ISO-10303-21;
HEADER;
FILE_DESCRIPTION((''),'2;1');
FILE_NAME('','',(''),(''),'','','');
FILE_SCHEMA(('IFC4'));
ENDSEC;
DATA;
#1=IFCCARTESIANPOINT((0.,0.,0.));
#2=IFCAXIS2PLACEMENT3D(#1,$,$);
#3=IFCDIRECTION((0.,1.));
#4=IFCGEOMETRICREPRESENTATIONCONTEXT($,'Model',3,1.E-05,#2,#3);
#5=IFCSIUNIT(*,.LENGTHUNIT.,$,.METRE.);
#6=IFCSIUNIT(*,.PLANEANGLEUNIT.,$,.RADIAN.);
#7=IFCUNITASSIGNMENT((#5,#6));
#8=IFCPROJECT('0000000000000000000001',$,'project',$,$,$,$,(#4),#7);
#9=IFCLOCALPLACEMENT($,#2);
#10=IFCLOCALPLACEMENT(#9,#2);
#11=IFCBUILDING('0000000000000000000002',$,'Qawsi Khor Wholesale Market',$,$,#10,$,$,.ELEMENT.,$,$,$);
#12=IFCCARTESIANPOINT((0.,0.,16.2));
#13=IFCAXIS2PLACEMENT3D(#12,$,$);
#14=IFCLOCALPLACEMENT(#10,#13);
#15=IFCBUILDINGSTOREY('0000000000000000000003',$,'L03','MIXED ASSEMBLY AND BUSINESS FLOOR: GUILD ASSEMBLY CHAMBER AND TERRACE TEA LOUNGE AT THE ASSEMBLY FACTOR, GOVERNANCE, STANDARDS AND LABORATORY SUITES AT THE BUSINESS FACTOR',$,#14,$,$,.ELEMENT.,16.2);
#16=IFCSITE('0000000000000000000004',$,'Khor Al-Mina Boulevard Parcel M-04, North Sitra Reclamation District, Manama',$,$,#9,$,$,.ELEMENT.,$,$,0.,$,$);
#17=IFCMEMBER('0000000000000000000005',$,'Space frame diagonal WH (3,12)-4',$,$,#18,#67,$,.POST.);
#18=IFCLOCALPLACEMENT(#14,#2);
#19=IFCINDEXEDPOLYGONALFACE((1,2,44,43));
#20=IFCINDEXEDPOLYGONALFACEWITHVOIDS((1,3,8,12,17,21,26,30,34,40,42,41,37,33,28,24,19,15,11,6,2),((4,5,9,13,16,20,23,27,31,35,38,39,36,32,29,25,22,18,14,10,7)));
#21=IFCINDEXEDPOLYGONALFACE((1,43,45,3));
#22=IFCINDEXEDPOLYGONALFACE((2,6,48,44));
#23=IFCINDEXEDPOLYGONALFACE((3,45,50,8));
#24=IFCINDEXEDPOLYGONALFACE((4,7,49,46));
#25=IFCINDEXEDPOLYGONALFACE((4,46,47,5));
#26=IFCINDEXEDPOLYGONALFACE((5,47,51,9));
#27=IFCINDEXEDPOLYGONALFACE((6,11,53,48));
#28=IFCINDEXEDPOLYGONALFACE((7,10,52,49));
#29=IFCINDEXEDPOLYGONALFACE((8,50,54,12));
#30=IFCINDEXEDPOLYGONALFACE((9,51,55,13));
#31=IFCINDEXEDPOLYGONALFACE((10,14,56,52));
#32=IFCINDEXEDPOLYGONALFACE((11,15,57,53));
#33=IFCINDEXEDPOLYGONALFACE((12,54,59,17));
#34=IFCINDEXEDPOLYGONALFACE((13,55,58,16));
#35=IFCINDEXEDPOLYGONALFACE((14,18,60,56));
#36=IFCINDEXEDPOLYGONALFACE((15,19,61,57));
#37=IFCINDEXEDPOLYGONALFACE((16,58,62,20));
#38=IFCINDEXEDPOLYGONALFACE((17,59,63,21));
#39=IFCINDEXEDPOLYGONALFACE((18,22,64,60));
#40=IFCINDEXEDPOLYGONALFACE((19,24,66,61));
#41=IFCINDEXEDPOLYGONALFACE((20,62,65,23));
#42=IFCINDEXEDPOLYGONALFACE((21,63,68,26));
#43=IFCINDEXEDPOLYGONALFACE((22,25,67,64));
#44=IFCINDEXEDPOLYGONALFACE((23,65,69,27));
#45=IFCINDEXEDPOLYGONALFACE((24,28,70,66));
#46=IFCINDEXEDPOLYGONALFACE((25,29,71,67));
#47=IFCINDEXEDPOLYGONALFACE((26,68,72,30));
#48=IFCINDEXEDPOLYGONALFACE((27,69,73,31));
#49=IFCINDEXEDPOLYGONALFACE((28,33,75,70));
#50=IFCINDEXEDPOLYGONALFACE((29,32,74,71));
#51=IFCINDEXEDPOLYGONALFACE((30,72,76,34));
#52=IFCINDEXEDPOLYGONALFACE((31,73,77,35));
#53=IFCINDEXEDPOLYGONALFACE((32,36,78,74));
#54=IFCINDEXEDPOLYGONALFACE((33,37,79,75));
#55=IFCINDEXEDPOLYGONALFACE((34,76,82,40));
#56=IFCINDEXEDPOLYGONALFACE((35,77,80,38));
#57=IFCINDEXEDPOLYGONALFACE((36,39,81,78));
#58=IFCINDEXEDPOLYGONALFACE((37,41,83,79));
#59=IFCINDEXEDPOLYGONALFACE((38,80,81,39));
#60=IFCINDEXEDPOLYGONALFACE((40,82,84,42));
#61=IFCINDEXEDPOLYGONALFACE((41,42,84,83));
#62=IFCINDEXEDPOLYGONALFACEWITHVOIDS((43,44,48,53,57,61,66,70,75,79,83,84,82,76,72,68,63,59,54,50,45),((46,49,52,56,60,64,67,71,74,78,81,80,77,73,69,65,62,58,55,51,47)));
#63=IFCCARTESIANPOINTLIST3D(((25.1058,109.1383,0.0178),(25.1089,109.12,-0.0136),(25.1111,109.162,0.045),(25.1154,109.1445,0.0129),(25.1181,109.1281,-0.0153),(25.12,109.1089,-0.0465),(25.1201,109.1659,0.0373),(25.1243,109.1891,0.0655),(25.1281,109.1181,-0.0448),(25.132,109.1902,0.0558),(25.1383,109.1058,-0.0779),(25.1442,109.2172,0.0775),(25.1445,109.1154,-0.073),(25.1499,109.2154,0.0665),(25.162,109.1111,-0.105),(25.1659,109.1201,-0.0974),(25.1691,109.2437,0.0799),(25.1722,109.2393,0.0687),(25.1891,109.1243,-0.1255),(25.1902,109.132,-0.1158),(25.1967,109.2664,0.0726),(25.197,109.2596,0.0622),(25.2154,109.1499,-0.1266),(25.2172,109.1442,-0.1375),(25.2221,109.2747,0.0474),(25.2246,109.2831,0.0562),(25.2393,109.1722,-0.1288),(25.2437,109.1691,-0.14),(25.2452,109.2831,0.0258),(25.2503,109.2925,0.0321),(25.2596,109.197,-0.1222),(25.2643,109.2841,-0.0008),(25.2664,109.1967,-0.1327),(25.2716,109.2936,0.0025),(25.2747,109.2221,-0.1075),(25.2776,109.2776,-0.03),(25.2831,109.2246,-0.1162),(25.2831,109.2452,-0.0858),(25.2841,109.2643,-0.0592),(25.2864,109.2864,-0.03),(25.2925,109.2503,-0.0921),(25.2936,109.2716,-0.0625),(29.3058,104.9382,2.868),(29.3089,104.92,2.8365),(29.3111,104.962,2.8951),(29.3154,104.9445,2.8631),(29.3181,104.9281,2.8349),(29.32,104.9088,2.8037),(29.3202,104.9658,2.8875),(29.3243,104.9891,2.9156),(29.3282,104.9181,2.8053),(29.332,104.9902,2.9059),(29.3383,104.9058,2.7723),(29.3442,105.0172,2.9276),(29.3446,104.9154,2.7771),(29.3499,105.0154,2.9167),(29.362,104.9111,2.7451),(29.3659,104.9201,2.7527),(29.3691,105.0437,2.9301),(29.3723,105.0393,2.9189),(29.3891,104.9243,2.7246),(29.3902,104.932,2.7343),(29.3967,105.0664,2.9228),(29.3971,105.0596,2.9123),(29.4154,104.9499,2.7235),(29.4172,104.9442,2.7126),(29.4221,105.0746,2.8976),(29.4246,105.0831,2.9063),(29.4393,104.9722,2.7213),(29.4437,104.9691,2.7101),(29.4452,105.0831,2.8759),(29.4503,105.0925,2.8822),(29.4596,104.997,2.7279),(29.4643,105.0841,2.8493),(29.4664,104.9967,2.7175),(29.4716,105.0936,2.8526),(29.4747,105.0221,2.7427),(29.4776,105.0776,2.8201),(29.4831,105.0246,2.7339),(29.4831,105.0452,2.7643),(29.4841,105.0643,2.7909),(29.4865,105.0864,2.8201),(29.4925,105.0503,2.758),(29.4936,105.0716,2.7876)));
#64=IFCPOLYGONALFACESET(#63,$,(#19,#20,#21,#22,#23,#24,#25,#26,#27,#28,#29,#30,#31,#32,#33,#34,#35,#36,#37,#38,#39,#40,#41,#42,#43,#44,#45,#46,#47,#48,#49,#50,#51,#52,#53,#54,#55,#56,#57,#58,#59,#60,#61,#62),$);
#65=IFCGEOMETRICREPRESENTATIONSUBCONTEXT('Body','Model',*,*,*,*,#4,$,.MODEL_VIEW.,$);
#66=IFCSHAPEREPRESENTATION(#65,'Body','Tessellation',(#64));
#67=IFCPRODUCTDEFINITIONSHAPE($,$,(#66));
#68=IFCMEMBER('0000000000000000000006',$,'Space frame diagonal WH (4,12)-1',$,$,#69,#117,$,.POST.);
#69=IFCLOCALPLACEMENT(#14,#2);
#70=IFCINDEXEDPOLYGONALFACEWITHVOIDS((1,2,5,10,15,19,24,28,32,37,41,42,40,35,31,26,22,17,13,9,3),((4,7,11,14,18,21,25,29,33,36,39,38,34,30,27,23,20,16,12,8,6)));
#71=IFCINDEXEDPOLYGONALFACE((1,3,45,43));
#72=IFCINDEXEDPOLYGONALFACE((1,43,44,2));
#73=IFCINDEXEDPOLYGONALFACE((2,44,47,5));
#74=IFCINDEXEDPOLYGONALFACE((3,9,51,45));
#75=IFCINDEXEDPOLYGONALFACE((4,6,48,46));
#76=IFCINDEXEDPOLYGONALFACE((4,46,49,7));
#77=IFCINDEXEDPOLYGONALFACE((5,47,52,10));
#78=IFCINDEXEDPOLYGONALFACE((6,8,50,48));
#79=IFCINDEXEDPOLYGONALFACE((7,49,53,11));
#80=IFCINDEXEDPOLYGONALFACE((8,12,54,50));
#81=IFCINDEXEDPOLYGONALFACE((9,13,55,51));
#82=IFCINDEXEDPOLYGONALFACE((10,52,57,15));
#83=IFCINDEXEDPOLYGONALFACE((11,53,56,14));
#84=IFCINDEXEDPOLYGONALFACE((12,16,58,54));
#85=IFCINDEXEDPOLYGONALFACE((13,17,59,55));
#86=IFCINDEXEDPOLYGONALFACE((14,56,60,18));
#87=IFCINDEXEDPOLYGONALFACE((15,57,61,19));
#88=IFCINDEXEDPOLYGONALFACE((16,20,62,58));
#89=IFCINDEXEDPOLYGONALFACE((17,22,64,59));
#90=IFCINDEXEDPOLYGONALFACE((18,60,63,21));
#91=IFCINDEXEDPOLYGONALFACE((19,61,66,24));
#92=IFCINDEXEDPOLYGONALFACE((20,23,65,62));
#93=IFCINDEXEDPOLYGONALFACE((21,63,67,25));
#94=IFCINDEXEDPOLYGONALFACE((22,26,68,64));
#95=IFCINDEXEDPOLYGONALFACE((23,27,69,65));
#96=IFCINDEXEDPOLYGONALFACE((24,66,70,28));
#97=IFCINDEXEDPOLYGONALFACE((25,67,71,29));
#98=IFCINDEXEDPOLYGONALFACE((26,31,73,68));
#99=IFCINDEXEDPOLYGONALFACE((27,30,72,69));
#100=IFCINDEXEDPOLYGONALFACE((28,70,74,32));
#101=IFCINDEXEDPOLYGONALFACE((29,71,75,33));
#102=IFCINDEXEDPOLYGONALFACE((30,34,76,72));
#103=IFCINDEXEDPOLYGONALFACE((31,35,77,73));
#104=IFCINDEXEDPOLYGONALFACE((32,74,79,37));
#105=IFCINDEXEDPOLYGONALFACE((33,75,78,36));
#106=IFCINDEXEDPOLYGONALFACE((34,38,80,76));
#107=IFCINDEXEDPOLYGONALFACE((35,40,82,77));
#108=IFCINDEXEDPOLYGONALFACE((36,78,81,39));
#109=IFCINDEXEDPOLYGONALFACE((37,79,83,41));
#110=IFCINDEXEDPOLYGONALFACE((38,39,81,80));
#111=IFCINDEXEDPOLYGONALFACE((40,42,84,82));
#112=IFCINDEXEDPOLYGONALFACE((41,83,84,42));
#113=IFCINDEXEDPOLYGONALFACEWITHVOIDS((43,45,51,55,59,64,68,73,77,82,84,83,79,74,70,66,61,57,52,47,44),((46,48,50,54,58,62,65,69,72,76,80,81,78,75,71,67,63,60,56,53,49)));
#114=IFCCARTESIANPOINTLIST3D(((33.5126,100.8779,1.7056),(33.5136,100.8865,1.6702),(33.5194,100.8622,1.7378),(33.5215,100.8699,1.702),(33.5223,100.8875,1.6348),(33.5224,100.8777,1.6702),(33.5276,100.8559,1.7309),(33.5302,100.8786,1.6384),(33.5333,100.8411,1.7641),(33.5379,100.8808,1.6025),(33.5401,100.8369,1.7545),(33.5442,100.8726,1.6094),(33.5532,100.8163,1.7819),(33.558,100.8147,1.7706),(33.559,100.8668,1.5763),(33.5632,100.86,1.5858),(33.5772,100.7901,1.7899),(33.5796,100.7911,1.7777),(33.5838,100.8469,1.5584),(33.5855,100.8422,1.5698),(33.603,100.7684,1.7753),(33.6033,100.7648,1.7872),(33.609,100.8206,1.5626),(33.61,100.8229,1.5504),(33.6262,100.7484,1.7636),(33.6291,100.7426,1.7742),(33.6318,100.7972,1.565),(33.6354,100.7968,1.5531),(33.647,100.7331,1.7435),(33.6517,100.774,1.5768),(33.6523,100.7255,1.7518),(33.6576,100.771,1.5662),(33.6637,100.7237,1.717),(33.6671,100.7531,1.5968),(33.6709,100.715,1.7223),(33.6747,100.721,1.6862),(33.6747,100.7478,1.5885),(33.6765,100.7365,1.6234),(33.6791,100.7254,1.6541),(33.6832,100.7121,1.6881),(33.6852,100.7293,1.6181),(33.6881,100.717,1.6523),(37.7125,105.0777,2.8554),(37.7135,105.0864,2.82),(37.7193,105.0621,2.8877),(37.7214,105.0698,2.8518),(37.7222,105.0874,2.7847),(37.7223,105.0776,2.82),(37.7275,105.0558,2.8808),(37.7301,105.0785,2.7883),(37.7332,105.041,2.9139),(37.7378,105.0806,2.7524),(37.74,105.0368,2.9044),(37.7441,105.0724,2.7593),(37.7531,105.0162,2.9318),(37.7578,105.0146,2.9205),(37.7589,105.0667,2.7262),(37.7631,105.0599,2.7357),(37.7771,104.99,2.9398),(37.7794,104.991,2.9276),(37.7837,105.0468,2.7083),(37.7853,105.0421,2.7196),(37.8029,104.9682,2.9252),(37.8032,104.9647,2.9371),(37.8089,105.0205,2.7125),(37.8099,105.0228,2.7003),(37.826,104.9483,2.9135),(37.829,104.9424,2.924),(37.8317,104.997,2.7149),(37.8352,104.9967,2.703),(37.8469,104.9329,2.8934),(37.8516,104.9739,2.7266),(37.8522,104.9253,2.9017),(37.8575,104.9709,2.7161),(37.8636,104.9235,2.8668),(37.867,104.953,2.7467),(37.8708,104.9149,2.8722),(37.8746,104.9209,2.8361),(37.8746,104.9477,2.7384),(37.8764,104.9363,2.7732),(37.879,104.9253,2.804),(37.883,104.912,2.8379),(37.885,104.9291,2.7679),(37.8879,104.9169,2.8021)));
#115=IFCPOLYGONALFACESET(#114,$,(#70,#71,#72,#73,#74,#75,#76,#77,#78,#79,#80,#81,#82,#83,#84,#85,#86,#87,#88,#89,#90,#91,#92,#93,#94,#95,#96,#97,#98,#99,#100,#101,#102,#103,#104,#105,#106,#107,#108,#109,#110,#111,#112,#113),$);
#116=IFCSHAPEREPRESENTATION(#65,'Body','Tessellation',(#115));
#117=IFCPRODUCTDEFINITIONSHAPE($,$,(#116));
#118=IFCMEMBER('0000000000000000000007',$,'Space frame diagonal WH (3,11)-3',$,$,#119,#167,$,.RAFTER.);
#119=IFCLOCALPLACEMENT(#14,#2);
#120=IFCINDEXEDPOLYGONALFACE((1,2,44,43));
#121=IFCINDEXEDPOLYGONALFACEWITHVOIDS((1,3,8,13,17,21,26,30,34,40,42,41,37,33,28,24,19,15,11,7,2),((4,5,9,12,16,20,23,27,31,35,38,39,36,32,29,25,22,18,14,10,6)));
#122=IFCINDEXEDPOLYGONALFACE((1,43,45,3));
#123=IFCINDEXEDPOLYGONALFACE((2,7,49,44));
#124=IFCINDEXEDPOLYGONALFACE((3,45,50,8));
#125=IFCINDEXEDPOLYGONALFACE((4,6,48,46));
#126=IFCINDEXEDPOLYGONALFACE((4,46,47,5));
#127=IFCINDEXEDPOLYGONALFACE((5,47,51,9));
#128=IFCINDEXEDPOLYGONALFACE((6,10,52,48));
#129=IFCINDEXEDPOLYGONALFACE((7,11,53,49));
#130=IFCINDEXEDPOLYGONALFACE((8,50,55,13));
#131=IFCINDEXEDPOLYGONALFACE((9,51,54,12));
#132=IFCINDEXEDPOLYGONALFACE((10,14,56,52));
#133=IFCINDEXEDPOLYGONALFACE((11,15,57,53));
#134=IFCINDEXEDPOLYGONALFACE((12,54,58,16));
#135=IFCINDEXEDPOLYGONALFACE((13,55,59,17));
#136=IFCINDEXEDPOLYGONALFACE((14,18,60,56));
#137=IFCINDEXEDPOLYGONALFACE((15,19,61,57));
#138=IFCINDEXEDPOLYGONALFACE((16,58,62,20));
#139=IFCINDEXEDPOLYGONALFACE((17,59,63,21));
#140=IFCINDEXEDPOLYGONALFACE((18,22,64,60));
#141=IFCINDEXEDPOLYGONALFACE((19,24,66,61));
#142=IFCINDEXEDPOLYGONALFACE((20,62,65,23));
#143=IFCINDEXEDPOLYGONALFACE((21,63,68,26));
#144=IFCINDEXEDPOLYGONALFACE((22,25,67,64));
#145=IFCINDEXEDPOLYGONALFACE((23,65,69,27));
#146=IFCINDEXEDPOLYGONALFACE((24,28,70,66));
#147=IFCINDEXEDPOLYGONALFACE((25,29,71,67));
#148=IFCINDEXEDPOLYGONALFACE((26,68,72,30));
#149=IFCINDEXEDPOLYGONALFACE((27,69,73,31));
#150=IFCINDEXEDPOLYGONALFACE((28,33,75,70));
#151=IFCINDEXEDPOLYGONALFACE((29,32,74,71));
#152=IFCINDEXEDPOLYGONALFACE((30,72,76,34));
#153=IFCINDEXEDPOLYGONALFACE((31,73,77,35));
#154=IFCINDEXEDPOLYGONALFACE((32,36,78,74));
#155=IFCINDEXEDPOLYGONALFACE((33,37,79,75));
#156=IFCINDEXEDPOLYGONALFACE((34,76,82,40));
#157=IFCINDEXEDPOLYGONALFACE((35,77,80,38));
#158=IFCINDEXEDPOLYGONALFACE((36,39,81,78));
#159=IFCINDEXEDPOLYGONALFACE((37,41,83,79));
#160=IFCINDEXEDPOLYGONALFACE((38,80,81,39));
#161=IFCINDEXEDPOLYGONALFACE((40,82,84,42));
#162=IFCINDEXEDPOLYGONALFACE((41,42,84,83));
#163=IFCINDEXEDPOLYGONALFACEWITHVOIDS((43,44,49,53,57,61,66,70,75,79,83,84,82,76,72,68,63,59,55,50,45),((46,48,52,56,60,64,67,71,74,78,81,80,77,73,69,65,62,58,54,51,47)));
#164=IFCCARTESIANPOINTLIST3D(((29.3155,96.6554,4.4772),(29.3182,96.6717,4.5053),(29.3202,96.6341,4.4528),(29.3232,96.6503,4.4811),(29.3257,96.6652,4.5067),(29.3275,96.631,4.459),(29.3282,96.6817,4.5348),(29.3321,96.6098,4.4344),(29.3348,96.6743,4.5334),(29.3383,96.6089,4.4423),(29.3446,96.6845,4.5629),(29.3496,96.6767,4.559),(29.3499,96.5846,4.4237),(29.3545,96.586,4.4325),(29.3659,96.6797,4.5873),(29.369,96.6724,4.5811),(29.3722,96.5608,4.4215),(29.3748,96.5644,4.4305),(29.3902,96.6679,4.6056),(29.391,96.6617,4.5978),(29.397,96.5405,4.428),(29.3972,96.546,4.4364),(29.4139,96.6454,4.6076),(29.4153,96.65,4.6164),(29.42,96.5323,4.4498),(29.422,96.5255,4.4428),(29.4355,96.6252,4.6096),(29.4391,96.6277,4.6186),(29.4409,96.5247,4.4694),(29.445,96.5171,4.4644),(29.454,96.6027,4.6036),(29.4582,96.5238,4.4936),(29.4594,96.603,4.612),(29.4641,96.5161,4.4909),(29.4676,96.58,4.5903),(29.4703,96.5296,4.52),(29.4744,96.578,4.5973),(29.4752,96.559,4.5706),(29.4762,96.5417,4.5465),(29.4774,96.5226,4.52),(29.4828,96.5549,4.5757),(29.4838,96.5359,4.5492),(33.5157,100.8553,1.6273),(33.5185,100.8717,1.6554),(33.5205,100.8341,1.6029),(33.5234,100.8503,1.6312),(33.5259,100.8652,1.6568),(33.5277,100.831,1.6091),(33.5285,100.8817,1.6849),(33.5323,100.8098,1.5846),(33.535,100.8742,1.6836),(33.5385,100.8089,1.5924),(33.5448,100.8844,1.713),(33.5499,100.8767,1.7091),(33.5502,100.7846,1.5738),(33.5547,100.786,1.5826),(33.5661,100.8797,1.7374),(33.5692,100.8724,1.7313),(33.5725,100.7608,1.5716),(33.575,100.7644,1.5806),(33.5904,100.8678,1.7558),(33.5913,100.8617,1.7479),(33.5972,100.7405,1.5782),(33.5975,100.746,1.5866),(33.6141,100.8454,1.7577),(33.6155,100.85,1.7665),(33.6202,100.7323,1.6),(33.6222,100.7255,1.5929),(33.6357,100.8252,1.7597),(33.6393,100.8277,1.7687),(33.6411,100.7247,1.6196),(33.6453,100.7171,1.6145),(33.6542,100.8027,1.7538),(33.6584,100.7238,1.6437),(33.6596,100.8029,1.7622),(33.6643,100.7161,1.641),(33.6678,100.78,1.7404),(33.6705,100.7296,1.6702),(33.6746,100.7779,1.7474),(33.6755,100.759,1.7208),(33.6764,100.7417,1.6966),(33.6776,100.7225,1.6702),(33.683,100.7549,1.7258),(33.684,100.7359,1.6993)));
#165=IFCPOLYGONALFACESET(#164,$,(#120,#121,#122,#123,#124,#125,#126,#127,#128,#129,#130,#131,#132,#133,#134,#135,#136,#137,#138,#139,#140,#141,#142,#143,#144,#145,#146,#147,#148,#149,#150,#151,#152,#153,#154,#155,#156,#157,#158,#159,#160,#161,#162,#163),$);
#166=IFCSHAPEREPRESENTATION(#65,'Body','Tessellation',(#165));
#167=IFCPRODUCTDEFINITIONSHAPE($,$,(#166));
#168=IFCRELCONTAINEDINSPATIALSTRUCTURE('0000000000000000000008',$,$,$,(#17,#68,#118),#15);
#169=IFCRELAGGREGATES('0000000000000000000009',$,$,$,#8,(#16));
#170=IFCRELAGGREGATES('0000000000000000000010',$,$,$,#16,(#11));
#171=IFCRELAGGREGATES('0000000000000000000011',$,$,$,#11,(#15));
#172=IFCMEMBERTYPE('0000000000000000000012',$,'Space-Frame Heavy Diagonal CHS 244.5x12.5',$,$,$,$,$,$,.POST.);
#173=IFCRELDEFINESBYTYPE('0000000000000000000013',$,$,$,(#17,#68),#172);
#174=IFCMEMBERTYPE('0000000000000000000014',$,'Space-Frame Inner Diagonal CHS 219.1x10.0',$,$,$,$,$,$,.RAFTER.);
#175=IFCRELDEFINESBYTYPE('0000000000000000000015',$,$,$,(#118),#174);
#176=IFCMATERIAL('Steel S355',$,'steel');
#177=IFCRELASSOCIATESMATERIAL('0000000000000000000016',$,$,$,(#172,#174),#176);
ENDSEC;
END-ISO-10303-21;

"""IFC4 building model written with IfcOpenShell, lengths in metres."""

from ifc_helpers import new_model, si_unit, direction, frame, origin, origin_2d, place, context, subcontext, project, spatial, hollow_circle, extrude, material, material_profile, profile_set, type_object, element, save


model = new_model("IFC4")

# Units and contexts
model_context = context("Model", 3, precision=1e-05, world=origin(), true_north=direction((0.0, 1.0)))
body_context = subcontext(model_context, "Body", "Model", "MODEL_VIEW")
ifc_project = project(units=[si_unit("LENGTHUNIT", "METRE"), si_unit("PLANEANGLEUNIT", "RADIAN")], contexts=[model_context])

# Site, building, storey
site_placement = place(None, origin())
site = spatial("IfcSite", under=ifc_project, at=site_placement, Name="Khor Al-Mina Boulevard Parcel M-04, North Sitra Reclamation District, Manama", CompositionType="ELEMENT", RefElevation=0.0)
building_placement = place(site_placement, origin())
building = spatial("IfcBuilding", under=site, at=building_placement, Name="Qawsi Khor Wholesale Market", CompositionType="ELEMENT")
storey_placement = place(building_placement, frame((0.0, 0.0, 16.2)))
storey = spatial("IfcBuildingStorey", under=building, at=storey_placement, Name="L03", Description="MIXED ASSEMBLY AND BUSINESS FLOOR: GUILD ASSEMBLY CHAMBER AND TERRACE TEA LOUNGE AT THE ASSEMBLY FACTOR, GOVERNANCE, STANDARDS AND LABORATORY SUITES AT THE BUSINESS FACTOR", CompositionType="ELEMENT", Elevation=16.2)

# Members
ifc_material_1 = material(Name="Steel S355", Category="steel")
ifc_material_profile_1 = material_profile(ifc_material_1, hollow_circle(Radius=0.1223, WallThickness=0.0125, at=origin_2d()), Name="CHS 244.5x12.5")
ifc_profile_set_1 = profile_set([ifc_material_profile_1], Name="Steel S355")
member_type_1 = type_object("IfcMemberType", Name="Space-Frame Heavy Diagonal CHS 244.5x12.5", PredefinedType="POST", material=ifc_profile_set_1)
member_1_placement = place(storey_placement, frame((25.2, 109.2, -0.03), z_axis=(0.637512, -0.637512, 0.432617), x_axis=(0.707107, 0.707107, 0.0)))
element("IfcMember", 1, at=member_1_placement, inside=storey, type_object=member_type_1, Name="Space frame diagonal WH (3,12)-4", PredefinedType="POST", context=body_context, shape_type="SweptSolid", body=[
    extrude(hollow_circle(Radius=0.1223, WallThickness=0.0125, at=origin_2d()), origin(), (0.0, 0.0, 1.0), 6.5881),
])
member_2_placement = place(storey_placement, frame((33.6001, 100.8, 1.6702), z_axis=(0.694217, 0.694217, 0.190069), x_axis=(-0.707107, 0.707107, 0.0)))
element("IfcMember", 2, at=member_2_placement, inside=storey, type_object=member_type_1, Name="Space frame diagonal WH (4,12)-1", PredefinedType="POST", context=body_context, shape_type="SweptSolid", body=[
    extrude(hollow_circle(Radius=0.1223, WallThickness=0.0125, at=origin_2d()), origin(), (0.0, 0.0, 1.0), 6.0498),
])
ifc_material_profile_2 = material_profile(ifc_material_1, hollow_circle(Radius=0.1096, WallThickness=0.01, at=origin_2d()), Name="CHS 219.1x10.0")
ifc_profile_set_2 = profile_set([ifc_material_profile_2], Name="Steel S355")
member_type_2 = type_object("IfcMemberType", Name="Space-Frame Inner Diagonal CHS 219.1x10.0", PredefinedType="RAFTER", material=ifc_profile_set_2)
member_3_placement = place(storey_placement, frame((33.6001, 100.8, 1.6702), z_axis=(-0.637544, -0.637507, 0.432577), x_axis=(0.707086, -0.707127, 0.0)))
element("IfcMember", 3, at=member_3_placement, inside=storey, type_object=member_type_2, Name="Space frame diagonal WH (3,11)-3", PredefinedType="RAFTER", context=body_context, shape_type="SweptSolid", body=[
    extrude(hollow_circle(Radius=0.1096, WallThickness=0.01, at=origin_2d()), origin(), (0.0, 0.0, 1.0), 6.5881),
])

save(model, "model.ifc")
